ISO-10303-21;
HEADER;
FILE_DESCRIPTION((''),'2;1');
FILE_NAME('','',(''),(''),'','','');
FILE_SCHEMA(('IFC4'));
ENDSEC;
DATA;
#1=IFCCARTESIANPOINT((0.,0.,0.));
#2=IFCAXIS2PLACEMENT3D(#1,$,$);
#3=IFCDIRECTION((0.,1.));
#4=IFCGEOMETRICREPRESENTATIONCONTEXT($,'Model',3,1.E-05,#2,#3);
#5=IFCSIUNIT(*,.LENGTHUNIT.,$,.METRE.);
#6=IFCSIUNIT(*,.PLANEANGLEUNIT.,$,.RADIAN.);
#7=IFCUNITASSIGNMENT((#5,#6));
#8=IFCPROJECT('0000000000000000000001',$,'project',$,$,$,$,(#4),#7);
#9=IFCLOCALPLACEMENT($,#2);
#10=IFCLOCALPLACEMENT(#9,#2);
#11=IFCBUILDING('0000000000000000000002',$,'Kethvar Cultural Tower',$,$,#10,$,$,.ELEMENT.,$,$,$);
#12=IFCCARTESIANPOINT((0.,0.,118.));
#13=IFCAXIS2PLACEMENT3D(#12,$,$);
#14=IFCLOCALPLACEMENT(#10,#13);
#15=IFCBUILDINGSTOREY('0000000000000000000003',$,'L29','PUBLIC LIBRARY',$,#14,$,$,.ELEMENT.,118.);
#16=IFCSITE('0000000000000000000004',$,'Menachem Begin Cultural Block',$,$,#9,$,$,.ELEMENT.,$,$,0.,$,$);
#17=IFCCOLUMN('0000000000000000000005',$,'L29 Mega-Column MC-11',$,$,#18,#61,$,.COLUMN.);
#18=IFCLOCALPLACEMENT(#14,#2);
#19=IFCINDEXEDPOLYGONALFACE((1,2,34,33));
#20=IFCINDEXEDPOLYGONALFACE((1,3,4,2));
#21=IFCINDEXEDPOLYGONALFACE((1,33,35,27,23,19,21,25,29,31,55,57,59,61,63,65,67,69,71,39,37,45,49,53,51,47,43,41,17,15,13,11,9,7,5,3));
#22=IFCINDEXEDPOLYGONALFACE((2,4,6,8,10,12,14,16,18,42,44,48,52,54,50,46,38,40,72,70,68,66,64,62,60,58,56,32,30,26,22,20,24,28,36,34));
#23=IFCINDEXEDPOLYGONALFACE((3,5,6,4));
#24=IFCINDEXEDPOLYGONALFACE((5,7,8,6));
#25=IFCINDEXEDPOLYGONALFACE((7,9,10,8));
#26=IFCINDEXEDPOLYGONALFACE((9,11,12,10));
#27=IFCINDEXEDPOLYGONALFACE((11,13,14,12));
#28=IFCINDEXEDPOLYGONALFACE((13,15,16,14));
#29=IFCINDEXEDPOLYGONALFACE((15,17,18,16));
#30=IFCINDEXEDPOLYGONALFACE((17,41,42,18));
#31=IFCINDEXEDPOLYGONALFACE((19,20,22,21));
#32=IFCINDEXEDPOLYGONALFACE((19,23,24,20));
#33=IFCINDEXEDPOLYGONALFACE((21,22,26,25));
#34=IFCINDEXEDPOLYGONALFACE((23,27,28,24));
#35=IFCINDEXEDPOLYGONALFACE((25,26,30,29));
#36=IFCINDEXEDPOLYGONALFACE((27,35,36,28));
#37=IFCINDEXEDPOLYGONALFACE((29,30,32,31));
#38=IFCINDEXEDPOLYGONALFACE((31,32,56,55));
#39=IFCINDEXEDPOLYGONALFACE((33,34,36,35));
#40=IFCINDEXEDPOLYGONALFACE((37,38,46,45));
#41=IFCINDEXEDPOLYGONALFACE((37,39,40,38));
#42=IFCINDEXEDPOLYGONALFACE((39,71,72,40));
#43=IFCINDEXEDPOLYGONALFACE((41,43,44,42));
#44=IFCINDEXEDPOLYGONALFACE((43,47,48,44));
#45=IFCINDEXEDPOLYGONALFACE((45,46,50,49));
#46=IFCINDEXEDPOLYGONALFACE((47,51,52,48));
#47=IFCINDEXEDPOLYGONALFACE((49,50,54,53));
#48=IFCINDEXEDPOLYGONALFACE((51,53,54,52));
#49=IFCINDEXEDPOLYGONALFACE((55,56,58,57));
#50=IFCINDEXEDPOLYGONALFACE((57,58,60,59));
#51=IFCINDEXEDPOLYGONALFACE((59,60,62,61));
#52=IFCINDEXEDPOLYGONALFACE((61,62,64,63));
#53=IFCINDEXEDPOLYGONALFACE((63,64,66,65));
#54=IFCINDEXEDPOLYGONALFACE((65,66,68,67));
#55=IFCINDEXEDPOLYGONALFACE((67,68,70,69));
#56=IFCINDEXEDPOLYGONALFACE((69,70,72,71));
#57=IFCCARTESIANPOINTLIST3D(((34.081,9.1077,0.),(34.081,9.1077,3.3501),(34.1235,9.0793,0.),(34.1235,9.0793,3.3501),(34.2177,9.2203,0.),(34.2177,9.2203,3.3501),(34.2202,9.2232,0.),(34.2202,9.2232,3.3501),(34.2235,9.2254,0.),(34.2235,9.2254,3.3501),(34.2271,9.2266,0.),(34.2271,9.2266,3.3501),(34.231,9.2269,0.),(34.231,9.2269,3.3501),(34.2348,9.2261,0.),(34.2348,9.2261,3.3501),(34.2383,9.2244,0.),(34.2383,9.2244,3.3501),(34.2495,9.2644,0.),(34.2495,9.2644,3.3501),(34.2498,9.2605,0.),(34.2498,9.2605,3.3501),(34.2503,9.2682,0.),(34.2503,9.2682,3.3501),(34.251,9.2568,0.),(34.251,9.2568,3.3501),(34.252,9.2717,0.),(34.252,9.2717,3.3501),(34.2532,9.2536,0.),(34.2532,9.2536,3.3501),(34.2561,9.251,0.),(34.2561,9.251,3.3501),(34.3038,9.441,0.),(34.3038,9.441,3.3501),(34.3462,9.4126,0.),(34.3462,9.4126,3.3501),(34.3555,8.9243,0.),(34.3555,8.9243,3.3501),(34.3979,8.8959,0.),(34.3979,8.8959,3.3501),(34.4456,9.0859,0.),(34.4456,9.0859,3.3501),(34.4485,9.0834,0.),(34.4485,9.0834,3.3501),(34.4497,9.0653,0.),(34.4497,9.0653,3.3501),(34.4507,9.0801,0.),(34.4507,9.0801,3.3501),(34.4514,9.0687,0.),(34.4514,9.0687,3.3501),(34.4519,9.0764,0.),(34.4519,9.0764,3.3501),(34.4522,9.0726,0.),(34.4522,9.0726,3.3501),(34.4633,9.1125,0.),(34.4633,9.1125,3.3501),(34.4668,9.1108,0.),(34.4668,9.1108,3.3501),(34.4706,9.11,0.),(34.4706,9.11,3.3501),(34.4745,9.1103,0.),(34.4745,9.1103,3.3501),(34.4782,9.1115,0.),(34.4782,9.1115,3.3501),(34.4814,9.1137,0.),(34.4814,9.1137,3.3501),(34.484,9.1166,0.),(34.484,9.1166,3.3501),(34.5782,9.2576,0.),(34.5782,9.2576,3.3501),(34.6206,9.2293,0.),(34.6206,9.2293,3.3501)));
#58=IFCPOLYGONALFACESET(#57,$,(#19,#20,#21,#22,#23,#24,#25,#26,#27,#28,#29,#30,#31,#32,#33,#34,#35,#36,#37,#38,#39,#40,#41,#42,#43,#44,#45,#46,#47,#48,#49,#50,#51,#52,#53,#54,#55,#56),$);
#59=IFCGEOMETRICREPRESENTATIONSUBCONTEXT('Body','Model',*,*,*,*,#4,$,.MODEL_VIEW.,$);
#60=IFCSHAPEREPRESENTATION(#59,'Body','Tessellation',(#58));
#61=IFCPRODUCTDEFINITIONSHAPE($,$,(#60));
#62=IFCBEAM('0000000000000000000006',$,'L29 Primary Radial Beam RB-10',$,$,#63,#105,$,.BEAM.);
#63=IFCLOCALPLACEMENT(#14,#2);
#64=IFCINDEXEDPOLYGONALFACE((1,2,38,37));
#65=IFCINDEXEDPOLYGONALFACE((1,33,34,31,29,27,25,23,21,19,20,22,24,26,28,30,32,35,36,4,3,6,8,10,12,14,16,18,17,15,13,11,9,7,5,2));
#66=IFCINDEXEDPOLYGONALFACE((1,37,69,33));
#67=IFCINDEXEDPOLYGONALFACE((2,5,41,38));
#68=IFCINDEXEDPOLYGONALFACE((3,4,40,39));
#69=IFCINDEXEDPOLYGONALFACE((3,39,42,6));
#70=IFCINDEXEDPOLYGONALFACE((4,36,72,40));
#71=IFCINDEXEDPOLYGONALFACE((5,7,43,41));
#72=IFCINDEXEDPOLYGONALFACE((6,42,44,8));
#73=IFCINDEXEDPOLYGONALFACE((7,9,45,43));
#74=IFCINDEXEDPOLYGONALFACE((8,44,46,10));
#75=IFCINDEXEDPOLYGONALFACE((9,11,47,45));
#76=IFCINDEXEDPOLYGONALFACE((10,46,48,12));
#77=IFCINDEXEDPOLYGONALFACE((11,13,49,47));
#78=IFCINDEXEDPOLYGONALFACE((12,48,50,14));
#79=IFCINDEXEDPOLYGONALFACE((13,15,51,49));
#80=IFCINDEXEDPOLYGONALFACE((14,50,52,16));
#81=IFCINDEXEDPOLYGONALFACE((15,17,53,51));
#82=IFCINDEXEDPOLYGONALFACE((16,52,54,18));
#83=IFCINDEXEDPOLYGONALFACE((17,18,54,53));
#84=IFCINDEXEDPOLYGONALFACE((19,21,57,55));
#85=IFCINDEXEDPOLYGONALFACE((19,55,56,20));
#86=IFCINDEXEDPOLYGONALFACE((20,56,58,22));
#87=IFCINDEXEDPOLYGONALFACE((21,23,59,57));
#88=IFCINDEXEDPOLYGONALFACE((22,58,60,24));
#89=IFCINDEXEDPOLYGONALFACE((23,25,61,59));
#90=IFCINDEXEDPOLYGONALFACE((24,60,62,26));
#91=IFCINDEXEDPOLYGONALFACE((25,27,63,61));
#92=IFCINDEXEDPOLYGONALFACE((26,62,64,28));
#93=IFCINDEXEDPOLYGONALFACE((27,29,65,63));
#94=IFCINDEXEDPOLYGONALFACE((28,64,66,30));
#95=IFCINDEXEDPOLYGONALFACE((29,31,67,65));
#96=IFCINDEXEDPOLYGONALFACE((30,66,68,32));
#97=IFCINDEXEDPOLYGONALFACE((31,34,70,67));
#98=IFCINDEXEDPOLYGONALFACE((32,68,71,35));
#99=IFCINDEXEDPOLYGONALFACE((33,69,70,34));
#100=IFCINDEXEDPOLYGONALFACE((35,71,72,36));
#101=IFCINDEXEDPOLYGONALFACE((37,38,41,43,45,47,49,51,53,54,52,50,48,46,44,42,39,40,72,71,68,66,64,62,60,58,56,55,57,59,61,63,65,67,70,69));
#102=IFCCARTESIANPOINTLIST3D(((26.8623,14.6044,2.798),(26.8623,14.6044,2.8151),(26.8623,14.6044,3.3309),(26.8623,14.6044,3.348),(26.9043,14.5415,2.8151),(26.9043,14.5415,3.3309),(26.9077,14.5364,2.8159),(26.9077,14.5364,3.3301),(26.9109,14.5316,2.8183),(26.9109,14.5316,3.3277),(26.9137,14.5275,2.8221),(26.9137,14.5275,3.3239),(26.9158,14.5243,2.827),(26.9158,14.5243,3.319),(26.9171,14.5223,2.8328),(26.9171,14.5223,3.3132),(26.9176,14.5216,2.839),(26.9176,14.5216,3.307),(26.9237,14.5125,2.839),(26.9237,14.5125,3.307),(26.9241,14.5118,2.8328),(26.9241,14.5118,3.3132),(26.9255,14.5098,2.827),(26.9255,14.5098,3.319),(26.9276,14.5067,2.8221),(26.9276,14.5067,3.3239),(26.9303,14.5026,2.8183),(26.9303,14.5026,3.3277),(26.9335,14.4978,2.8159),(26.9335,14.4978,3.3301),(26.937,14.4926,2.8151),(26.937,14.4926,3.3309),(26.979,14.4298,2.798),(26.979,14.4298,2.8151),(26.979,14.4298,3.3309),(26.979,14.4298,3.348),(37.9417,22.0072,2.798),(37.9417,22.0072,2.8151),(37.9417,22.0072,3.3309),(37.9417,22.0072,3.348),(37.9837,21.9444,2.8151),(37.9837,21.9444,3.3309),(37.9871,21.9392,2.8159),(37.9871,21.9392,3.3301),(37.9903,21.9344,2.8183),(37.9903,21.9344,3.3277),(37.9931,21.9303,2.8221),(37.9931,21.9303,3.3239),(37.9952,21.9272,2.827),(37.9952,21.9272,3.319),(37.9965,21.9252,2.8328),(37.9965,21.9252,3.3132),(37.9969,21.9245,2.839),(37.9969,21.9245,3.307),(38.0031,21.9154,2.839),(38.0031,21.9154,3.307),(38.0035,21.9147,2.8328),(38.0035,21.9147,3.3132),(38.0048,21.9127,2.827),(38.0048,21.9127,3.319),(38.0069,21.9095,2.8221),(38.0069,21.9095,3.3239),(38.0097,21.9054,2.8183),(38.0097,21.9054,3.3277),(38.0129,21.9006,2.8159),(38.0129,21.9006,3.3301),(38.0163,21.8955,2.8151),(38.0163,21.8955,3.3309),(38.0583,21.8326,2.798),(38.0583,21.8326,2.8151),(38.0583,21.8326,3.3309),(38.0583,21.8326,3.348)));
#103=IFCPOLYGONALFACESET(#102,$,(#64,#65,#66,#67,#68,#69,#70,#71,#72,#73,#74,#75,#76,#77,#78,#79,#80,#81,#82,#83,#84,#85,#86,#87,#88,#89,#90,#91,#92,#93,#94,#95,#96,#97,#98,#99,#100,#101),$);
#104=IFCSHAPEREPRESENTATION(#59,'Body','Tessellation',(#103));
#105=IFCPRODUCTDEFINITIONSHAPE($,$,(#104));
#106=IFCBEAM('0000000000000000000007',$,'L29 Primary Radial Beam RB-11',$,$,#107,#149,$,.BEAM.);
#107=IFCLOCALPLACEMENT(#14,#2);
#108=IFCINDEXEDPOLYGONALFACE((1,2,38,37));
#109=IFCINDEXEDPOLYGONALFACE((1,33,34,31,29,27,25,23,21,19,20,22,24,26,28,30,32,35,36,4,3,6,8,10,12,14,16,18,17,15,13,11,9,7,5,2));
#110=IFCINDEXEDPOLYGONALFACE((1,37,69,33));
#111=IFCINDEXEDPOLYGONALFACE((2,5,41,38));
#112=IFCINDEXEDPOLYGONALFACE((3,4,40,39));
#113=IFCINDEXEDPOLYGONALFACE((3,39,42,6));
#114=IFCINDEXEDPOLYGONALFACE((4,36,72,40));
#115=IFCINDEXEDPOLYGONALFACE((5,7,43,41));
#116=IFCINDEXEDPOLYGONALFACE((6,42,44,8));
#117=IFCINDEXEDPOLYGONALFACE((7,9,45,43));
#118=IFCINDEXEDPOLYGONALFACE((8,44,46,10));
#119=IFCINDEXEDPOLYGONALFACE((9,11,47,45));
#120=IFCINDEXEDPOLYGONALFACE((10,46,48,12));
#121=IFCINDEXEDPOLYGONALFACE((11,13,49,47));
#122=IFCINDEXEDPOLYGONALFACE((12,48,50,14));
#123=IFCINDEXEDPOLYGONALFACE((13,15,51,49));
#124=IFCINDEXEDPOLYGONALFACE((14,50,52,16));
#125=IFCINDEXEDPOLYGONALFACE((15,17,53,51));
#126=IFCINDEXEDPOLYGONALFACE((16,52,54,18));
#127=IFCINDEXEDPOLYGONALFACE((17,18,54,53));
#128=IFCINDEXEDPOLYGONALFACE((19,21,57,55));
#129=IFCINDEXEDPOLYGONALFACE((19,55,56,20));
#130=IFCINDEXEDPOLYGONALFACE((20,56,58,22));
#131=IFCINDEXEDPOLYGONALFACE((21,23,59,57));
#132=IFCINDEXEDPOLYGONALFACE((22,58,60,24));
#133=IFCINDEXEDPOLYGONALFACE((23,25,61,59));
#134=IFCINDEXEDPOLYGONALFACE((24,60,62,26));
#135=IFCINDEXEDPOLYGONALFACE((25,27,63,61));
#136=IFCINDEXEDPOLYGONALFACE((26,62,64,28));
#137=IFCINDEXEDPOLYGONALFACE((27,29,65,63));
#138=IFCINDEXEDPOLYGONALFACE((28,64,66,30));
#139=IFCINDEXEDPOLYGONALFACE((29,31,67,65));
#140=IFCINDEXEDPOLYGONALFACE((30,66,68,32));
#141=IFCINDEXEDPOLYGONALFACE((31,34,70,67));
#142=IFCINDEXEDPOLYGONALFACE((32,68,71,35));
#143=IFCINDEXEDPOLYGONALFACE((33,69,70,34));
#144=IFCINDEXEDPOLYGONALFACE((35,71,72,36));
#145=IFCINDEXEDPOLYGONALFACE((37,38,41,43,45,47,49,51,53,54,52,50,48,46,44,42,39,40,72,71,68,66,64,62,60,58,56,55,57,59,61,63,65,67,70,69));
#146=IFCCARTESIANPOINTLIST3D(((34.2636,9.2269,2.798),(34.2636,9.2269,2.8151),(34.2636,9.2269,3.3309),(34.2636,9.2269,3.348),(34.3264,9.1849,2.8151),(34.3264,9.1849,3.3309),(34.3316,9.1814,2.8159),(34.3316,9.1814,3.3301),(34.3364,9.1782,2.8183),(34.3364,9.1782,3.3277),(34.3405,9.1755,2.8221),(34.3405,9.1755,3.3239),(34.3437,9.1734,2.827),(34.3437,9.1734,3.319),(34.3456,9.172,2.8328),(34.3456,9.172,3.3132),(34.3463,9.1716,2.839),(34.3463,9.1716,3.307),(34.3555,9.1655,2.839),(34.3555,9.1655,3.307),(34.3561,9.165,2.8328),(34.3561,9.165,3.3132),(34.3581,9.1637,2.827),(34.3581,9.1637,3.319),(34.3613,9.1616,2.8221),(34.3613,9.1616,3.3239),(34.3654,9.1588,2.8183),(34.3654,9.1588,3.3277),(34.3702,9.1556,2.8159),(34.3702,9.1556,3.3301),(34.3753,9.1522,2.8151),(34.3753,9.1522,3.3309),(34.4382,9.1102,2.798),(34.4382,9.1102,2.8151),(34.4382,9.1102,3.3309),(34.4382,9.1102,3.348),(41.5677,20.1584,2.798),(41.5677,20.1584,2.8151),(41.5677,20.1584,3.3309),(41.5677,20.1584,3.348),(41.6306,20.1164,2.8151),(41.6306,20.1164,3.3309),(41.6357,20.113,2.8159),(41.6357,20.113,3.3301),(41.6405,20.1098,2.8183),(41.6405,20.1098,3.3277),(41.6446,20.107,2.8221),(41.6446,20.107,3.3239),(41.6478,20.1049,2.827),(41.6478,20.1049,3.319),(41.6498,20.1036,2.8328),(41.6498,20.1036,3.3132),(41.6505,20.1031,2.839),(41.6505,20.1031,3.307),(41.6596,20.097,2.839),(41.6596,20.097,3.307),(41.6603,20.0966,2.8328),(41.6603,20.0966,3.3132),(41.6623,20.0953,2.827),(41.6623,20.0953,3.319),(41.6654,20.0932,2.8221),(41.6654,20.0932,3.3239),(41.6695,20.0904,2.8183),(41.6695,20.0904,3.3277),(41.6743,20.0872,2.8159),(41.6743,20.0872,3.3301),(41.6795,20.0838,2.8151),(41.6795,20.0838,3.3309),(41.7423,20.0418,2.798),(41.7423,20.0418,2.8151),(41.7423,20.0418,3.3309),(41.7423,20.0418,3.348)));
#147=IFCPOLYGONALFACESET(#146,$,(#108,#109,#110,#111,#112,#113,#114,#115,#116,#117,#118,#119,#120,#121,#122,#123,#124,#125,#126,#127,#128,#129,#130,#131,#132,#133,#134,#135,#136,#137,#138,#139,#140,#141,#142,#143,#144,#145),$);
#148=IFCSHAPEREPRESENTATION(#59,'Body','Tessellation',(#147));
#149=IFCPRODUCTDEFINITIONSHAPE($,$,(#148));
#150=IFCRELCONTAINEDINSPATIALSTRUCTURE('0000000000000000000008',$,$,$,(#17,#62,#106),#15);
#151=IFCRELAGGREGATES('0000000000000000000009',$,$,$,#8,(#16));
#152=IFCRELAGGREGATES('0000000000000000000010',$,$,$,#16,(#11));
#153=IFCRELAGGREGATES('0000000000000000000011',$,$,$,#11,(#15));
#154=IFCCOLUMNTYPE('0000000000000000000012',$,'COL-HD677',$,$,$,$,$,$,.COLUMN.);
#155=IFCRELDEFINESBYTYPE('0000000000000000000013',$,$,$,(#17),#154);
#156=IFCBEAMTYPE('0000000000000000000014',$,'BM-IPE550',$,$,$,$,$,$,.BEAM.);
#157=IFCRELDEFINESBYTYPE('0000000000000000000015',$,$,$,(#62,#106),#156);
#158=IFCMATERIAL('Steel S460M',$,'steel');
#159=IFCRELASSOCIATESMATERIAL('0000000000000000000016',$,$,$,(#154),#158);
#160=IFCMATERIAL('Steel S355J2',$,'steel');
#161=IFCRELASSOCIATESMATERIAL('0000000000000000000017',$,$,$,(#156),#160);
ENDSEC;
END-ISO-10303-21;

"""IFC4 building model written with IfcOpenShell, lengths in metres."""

from ifc_helpers import new_model, si_unit, direction, frame, origin, origin_2d, place, context, subcontext, project, spatial, i_section, extrude, source, transform, mapped, material, material_profile, profile_set, type_object, element, save


model = new_model("IFC4")

# Units and contexts
model_context = context("Model", 3, precision=1e-05, world=origin(), true_north=direction((0.0, 1.0)))
body_context = subcontext(model_context, "Body", "Model", "MODEL_VIEW")
ifc_project = project(units=[si_unit("LENGTHUNIT", "METRE"), si_unit("PLANEANGLEUNIT", "RADIAN")], contexts=[model_context])

# Site, building, storey
site_placement = place(None, origin())
site = spatial("IfcSite", under=ifc_project, at=site_placement, Name="Menachem Begin Cultural Block", CompositionType="ELEMENT", RefElevation=0.0)
building_placement = place(site_placement, origin())
building = spatial("IfcBuilding", under=site, at=building_placement, Name="Kethvar Cultural Tower", CompositionType="ELEMENT")
storey_placement = place(building_placement, frame((0.0, 0.0, 118.0)))
storey = spatial("IfcBuildingStorey", under=building, at=storey_placement, Name="L29", Description="PUBLIC LIBRARY", CompositionType="ELEMENT", Elevation=118.0)

# Column
ifc_material_1 = material(Name="Steel S460M", Category="steel")
ifc_material_profile_1 = material_profile(ifc_material_1, i_section(OverallWidth=0.4009, OverallDepth=0.3811, WebThickness=0.032, FlangeThickness=0.051, FilletRadius=0.0149, at=origin_2d()), Name="Steel S460M — HD400x677")
ifc_profile_set_1 = profile_set([ifc_material_profile_1], Name="Steel S460M — HD400x677")
column_type = type_object("IfcColumnType", Name="COL-HD677", PredefinedType="COLUMN", material=ifc_profile_set_1)
shared_shape_1 = source(origin(), body_context, "Body", "SweptSolid", [
    extrude(i_section(OverallWidth=0.4009, OverallDepth=0.3811, WebThickness=0.032, FlangeThickness=0.051, FilletRadius=0.0149, at=origin_2d()), origin(), (0.0, 0.0, 1.0), 3.3501),
])
column_placement = place(storey_placement, frame((34.3508, 9.1685, 0.0), z_axis=(0.0, 0.0, 1.0), x_axis=(-0.55557, -0.83147, 0.0)))
element("IfcColumn", 1, at=column_placement, inside=storey, type_object=column_type, Name="L29 Mega-Column MC-11", PredefinedType="COLUMN", context=body_context, shape_type="MappedRepresentation", body=[
    mapped(shared_shape_1, transform((0.0, 0.0, 0.0), scale=1.0)),
])

# Beams
ifc_material_2 = material(Name="Steel S355J2", Category="steel")
ifc_material_profile_2 = material_profile(ifc_material_2, i_section(OverallWidth=0.21, OverallDepth=0.55, WebThickness=0.011, FlangeThickness=0.0171, FilletRadius=0.0239, at=origin_2d()), Name="Steel S355J2 — IPE550")
ifc_profile_set_2 = profile_set([ifc_material_profile_2], Name="Steel S355J2 — IPE550")
beam_type_1 = type_object("IfcBeamType", Name="BM-IPE550", PredefinedType="BEAM", material=ifc_profile_set_2)
shared_shape_2 = source(origin(), body_context, "Body", "SweptSolid", [
    extrude(i_section(OverallWidth=0.21, OverallDepth=0.55, WebThickness=0.011, FlangeThickness=0.0171, FilletRadius=0.0239, at=origin_2d()), origin(), (0.0, 0.0, 1.0), 13.325),
])
beam_1_placement = place(storey_placement, frame((38.0, 21.9199, 3.073), z_axis=(-0.831475, -0.555562, 0.0), x_axis=(0.555562, -0.831475, 0.0)))
element("IfcBeam", 2, at=beam_1_placement, inside=storey, type_object=beam_type_1, Name="L29 Primary Radial Beam RB-10", PredefinedType="BEAM", context=body_context, shape_type="MappedRepresentation", body=[
    mapped(shared_shape_2, transform((0.0, 0.0, 0.0), scale=1.0)),
])
shared_shape_3 = source(origin(), body_context, "Body", "SweptSolid", [
    extrude(i_section(OverallWidth=0.21, OverallDepth=0.55, WebThickness=0.011, FlangeThickness=0.0171, FilletRadius=0.0239, at=origin_2d()), origin(), (0.0, 0.0, 1.0), 13.1472),
])
beam_2_placement = place(storey_placement, frame((41.655, 20.1001, 3.073), z_axis=(-0.555566, -0.831473, 0.0), x_axis=(0.831473, -0.555566, 0.0)))
element("IfcBeam", 3, at=beam_2_placement, inside=storey, type_object=beam_type_1, Name="L29 Primary Radial Beam RB-11", PredefinedType="BEAM", context=body_context, shape_type="MappedRepresentation", body=[
    mapped(shared_shape_3, transform((0.0, 0.0, 0.0), scale=1.0)),
])

save(model, "model.ifc")
